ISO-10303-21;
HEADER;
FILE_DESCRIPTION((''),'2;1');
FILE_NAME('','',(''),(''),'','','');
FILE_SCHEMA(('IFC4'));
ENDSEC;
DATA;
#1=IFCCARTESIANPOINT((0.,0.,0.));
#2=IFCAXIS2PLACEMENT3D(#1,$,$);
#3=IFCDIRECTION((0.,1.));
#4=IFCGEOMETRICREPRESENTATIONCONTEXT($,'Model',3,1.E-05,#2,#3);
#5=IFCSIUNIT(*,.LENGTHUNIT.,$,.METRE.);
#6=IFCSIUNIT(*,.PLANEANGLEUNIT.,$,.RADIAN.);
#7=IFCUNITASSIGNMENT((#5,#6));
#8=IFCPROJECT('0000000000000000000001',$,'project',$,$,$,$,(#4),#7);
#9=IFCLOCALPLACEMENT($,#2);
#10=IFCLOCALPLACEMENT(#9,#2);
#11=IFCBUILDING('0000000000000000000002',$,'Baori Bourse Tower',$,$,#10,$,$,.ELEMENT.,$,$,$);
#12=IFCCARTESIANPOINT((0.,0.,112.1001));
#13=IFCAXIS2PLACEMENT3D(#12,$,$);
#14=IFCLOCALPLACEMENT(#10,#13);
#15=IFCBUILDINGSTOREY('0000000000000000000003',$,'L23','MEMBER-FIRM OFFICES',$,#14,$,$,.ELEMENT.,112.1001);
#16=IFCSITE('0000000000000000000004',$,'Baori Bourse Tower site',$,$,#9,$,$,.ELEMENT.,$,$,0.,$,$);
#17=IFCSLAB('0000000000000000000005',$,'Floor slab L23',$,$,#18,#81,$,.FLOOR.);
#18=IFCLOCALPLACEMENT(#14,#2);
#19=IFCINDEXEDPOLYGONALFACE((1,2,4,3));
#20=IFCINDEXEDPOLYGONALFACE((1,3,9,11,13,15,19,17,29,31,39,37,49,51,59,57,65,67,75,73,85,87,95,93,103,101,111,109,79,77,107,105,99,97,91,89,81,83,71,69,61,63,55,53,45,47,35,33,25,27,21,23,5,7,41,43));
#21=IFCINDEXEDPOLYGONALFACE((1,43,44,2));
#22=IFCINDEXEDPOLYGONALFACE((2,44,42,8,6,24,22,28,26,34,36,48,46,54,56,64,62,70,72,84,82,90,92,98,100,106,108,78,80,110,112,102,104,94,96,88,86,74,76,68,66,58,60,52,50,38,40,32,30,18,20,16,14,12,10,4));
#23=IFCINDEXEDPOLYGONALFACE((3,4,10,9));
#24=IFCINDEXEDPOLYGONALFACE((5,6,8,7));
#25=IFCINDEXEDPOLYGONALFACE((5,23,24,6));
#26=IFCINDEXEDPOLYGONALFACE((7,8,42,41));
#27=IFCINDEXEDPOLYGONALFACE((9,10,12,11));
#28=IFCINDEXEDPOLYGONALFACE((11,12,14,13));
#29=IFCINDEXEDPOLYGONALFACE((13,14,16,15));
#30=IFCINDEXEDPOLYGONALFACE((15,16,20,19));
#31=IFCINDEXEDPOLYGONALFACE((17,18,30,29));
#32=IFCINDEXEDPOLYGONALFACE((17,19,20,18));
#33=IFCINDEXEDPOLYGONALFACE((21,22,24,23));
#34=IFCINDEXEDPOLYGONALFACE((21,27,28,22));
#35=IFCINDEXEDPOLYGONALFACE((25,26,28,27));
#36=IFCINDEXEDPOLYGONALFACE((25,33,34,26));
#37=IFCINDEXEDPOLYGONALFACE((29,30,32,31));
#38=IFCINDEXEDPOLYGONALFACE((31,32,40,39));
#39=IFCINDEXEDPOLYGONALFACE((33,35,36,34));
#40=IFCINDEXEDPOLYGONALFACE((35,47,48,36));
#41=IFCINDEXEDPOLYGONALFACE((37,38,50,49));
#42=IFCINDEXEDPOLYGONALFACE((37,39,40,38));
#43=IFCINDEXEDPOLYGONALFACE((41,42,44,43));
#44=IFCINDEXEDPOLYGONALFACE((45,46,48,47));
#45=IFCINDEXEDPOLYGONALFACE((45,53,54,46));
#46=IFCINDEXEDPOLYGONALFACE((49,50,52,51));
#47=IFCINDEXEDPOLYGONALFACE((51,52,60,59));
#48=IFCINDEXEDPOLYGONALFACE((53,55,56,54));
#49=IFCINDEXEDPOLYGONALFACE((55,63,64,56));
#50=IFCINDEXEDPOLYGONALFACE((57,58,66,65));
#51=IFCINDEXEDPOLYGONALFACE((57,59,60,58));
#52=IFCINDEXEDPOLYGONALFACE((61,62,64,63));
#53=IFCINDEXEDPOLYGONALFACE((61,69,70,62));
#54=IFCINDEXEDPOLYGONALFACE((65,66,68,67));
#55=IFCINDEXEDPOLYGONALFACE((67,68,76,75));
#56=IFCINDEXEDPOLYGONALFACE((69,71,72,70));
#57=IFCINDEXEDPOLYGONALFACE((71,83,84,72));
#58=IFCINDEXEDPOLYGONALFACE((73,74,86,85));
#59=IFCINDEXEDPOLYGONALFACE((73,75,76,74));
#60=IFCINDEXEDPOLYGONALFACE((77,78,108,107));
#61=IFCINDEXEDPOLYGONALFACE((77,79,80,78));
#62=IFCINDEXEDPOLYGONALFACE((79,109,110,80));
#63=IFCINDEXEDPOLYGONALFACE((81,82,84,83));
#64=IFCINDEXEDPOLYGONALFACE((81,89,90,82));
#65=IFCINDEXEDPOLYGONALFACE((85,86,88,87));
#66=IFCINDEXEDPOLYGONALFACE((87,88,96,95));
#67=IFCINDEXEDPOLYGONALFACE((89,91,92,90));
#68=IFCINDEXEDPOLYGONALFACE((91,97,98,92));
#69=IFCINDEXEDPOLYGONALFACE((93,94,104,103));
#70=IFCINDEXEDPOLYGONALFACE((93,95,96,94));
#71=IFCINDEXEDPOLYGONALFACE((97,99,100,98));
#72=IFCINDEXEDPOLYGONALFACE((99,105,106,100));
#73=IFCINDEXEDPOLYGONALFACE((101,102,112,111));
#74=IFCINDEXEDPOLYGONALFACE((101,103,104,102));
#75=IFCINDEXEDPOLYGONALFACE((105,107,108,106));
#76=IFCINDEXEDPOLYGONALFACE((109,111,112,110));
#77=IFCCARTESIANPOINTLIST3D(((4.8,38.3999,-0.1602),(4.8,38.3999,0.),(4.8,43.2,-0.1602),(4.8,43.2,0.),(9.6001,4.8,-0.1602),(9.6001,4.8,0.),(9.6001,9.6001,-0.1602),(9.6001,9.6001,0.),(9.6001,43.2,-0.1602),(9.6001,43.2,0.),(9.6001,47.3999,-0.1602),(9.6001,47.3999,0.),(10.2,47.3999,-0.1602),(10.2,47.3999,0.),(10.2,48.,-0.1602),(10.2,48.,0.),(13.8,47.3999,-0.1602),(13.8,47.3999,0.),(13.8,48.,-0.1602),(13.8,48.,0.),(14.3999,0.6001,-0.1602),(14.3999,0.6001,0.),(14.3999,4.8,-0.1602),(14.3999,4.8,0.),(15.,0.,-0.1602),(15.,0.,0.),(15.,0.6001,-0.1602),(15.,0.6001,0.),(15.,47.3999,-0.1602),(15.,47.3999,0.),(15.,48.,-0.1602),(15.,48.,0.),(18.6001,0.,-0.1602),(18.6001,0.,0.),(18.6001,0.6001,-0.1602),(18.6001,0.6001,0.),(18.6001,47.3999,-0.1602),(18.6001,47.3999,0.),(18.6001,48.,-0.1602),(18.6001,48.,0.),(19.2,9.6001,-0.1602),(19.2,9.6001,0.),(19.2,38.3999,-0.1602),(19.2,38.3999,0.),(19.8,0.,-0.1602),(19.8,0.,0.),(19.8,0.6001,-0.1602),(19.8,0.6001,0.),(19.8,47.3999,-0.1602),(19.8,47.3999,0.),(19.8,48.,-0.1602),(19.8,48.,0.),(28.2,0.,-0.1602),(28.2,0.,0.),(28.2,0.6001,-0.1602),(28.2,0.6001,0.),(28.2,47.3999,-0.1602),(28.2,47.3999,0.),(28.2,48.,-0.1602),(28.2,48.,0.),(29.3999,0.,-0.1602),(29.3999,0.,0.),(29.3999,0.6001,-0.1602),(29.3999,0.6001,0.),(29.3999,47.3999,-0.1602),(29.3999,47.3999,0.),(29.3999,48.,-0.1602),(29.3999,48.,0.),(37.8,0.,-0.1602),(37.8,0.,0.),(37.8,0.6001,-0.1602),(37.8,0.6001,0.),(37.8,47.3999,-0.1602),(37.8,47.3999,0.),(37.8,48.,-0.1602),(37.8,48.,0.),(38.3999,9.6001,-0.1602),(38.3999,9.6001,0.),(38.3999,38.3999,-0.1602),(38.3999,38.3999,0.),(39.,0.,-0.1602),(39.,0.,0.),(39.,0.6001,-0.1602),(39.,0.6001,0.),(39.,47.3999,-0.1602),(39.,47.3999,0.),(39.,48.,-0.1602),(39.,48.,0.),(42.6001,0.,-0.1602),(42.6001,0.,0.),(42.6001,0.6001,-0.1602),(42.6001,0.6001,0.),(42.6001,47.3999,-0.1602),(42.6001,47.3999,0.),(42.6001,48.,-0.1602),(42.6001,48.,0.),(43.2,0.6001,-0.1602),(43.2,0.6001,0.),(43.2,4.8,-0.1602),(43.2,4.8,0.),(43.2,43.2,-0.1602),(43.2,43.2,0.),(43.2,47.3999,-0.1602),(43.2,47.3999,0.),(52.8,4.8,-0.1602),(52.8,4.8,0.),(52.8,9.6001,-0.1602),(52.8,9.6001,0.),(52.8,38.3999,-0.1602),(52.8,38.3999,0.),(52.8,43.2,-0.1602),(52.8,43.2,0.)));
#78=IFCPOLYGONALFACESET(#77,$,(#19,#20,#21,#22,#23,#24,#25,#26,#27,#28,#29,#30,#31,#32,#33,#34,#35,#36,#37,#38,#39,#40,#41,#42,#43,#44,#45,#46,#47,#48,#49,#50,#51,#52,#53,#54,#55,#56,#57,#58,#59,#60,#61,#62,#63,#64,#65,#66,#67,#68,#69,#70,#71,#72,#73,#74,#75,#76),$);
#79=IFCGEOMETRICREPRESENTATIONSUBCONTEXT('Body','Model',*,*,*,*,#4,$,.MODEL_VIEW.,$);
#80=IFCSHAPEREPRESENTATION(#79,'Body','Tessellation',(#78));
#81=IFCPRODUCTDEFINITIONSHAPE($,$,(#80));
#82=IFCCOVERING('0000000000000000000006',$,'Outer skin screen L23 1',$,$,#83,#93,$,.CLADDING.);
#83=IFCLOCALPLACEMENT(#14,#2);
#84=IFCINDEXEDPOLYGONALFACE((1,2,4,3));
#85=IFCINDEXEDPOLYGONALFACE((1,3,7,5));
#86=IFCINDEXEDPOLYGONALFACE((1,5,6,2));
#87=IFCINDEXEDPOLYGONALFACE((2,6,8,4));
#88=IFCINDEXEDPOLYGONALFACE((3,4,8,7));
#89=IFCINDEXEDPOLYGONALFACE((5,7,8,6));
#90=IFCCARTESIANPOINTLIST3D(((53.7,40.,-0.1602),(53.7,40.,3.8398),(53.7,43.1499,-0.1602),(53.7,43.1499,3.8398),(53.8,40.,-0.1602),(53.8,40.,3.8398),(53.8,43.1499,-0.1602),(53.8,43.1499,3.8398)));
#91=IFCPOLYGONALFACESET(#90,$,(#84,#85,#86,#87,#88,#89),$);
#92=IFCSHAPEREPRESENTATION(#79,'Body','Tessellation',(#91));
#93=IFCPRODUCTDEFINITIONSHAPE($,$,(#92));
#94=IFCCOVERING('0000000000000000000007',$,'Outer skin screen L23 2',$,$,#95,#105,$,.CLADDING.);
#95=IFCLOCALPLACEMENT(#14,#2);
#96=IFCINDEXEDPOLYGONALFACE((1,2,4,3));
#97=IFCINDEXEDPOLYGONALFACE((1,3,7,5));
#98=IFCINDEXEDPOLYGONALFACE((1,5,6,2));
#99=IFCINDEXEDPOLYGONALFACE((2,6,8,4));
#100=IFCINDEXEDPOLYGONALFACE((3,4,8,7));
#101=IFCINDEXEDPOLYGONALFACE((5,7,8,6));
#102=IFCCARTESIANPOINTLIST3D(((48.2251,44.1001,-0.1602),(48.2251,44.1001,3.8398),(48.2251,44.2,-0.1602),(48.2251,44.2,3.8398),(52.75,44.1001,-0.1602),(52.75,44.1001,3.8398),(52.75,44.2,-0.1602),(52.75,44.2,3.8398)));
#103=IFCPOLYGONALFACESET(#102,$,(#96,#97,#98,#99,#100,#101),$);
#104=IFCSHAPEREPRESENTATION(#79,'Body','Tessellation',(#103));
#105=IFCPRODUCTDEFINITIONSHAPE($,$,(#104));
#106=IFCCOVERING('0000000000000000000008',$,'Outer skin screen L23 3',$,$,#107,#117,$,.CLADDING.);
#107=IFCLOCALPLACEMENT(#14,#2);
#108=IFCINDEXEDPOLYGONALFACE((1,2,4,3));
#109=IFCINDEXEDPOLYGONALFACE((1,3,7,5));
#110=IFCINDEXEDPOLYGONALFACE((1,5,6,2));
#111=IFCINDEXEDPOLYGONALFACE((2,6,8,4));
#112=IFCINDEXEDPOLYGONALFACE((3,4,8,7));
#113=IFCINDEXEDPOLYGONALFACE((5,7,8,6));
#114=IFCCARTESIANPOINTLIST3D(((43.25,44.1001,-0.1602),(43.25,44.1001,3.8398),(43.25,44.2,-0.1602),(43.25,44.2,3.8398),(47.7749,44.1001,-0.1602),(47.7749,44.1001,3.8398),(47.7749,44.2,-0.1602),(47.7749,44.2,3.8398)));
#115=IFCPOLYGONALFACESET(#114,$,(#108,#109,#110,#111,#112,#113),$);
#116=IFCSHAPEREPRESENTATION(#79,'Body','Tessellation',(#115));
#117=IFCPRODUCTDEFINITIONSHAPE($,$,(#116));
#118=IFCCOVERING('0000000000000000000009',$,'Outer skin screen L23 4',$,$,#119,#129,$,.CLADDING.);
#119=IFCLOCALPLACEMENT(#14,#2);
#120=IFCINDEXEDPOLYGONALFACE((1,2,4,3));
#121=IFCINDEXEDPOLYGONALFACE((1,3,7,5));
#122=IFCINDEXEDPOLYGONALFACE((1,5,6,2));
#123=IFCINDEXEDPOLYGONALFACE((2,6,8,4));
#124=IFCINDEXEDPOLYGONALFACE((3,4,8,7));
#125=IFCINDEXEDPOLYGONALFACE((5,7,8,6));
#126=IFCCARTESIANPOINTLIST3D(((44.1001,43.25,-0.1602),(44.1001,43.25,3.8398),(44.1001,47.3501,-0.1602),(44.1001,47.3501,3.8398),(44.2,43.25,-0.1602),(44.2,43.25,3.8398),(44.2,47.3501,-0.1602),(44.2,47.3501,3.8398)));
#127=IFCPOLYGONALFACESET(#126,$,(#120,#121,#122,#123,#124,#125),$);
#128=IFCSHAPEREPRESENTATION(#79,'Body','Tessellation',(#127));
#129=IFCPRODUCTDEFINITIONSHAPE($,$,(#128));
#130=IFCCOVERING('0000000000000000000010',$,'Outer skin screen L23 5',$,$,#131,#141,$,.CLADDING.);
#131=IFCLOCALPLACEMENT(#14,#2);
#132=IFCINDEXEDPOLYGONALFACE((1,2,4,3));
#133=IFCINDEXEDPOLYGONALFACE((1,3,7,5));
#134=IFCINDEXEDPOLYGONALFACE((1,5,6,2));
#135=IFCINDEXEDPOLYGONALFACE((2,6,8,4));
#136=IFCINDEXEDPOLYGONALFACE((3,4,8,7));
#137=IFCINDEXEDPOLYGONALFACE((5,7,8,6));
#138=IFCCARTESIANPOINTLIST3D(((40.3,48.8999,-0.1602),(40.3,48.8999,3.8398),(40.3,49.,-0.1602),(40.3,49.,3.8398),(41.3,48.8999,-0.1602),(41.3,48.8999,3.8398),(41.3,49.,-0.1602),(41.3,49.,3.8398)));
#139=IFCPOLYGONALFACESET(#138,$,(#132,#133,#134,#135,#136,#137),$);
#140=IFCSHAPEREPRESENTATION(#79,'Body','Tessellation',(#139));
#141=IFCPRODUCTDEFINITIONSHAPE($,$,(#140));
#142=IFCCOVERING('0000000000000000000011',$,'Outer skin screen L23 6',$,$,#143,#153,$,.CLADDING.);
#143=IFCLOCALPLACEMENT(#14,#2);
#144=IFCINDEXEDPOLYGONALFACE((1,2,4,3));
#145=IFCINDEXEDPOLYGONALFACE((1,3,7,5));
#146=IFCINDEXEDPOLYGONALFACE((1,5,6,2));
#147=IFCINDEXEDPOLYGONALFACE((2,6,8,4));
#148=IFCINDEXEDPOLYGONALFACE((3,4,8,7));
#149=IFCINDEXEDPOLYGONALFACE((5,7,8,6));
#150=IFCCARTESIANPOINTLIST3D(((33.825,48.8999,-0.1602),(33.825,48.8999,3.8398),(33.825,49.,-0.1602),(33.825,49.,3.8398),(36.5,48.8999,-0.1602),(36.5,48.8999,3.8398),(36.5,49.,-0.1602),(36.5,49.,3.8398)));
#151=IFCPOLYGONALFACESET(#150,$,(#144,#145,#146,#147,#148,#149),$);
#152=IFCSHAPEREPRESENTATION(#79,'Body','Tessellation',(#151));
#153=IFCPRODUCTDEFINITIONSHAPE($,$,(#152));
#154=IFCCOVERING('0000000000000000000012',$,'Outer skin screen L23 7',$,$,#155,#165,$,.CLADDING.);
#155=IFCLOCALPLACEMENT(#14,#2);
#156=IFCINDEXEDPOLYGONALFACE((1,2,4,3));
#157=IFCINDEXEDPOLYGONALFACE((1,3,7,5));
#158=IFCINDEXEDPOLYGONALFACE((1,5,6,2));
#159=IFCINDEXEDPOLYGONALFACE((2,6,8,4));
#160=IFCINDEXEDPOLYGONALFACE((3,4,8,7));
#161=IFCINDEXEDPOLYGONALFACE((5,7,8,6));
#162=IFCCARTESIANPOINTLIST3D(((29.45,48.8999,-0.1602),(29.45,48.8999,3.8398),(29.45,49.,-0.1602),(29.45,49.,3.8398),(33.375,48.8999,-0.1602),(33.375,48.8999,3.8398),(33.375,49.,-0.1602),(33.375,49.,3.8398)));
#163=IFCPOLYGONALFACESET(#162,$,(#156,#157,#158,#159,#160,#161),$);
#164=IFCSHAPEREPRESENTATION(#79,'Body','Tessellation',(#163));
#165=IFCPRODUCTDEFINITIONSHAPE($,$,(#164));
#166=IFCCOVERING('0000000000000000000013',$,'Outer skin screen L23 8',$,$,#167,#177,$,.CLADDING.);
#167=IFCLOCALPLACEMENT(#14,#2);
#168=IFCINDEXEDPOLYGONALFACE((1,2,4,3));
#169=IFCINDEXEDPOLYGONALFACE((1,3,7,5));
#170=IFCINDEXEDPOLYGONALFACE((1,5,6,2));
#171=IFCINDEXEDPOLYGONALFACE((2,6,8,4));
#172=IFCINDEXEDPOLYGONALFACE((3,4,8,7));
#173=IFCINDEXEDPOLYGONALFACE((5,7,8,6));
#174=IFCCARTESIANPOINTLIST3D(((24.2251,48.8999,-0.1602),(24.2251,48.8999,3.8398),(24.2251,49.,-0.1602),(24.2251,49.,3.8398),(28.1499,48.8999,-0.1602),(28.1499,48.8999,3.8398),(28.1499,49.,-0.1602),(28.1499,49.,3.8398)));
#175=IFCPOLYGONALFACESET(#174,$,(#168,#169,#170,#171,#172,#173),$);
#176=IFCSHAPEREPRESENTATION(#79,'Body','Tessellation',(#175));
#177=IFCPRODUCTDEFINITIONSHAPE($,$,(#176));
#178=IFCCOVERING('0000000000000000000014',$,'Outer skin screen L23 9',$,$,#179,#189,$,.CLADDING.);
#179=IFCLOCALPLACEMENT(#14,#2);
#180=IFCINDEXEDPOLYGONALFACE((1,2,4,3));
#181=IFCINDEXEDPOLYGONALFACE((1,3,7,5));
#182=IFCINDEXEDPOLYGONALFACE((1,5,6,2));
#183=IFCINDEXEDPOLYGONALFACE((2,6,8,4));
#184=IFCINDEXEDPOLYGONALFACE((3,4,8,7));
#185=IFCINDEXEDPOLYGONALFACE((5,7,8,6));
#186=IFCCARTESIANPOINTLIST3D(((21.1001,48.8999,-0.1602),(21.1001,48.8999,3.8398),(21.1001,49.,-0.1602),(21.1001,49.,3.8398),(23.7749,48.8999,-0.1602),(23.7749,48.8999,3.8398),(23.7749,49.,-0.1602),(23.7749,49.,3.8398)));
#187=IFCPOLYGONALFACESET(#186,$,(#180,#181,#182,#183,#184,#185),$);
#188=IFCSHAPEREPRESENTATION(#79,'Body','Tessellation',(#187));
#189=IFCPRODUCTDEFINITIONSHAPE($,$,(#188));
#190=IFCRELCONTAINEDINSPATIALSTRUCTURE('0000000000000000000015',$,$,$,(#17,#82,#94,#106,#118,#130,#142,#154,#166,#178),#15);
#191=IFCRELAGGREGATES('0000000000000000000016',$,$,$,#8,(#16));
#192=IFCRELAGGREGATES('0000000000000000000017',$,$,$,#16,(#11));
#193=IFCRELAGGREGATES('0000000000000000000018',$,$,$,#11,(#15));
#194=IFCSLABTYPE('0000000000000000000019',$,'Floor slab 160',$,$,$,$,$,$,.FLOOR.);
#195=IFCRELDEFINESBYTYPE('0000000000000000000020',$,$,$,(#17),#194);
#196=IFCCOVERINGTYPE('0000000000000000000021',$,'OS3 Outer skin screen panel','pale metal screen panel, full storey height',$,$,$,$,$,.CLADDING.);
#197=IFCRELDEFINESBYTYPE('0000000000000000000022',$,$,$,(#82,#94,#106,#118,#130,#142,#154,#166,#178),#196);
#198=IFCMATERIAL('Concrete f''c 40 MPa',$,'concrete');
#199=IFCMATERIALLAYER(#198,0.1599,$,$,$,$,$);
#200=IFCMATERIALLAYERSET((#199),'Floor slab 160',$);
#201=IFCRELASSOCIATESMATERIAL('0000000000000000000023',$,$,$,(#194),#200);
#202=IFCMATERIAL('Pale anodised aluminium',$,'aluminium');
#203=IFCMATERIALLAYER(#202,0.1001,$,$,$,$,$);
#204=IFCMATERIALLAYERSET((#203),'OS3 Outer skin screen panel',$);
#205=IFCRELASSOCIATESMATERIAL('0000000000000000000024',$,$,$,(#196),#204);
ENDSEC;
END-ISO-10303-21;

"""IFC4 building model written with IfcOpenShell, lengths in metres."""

from ifc_helpers import new_model, si_unit, direction, frame, origin, place, context, subcontext, project, spatial, polyline, outline, extrude, material, layer, layer_set, type_object, element, save


model = new_model("IFC4")

# Units and contexts
model_context = context("Model", 3, precision=1e-05, world=origin(), true_north=direction((0.0, 1.0)))
body_context = subcontext(model_context, "Body", "Model", "MODEL_VIEW")
ifc_project = project(units=[si_unit("LENGTHUNIT", "METRE"), si_unit("PLANEANGLEUNIT", "RADIAN")], contexts=[model_context])

# Site, building, storey
site_placement = place(None, origin())
site = spatial("IfcSite", under=ifc_project, at=site_placement, Name="Baori Bourse Tower site", CompositionType="ELEMENT", RefElevation=0.0)
building_placement = place(site_placement, origin())
building = spatial("IfcBuilding", under=site, at=building_placement, Name="Baori Bourse Tower", CompositionType="ELEMENT")
storey_placement = place(building_placement, frame((0.0, 0.0, 112.1001)))
storey = spatial("IfcBuildingStorey", under=building, at=storey_placement, Name="L23", Description="MEMBER-FIRM OFFICES", CompositionType="ELEMENT", Elevation=112.1001)

# Slab
ifc_material_1 = material(Name="Concrete f'c 40 MPa", Category="concrete")
ifc_layer_1 = layer(ifc_material_1, 0.1599)
ifc_layer_set_1 = layer_set([ifc_layer_1], Name="Floor slab 160")
slab_type_1 = type_object("IfcSlabType", Name="Floor slab 160", PredefinedType="FLOOR", material=ifc_layer_set_1)
slab_1_placement = place(storey_placement, frame((0.0, 0.0, -0.1602)))
element("IfcSlab", 1, at=slab_1_placement, inside=storey, type_object=slab_type_1, Name="Floor slab L23", PredefinedType="FLOOR", context=body_context, shape_type="SweptSolid", body=[
    extrude(outline(polyline([(14.3999, 4.8), (9.6001, 4.8), (9.6001, 9.6001), (19.2, 9.6001), (19.2, 38.3999), (4.8, 38.3999), (4.8, 43.2), (9.6001, 43.2), (9.6001, 47.3999), (10.2, 47.3999), (10.2, 48.0), (13.8, 48.0), (13.8, 47.3999), (15.0, 47.3999), (15.0, 48.0), (18.6001, 48.0), (18.6001, 47.3999), (19.8, 47.3999), (19.8, 48.0), (28.2, 48.0), (28.2, 47.3999), (29.3999, 47.3999), (29.3999, 48.0), (37.8, 48.0), (37.8, 47.3999), (39.0, 47.3999), (39.0, 48.0), (42.6001, 48.0), (42.6001, 47.3999), (43.2, 47.3999), (43.2, 43.2), (52.8, 43.2), (52.8, 38.3999), (38.3999, 38.3999), (38.3999, 9.6001), (52.8, 9.6001), (52.8, 4.8), (43.2, 4.8), (43.2, 0.6001), (42.6001, 0.6001), (42.6001, 0.0), (39.0, 0.0), (39.0, 0.6001), (37.8, 0.6001), (37.8, 0.0), (29.3999, 0.0), (29.3999, 0.6001), (28.2, 0.6001), (28.2, 0.0), (19.8, 0.0), (19.8, 0.6001), (18.6001, 0.6001), (18.6001, 0.0), (15.0, 0.0), (15.0, 0.6001), (14.3999, 0.6001), (14.3999, 4.8)])), origin(), (0.0, 0.0, 1.0), 0.1602),
])

# Coverings
ifc_material_2 = material(Name="Pale anodised aluminium", Category="aluminium")
ifc_layer_2 = layer(ifc_material_2, 0.1001)
ifc_layer_set_2 = layer_set([ifc_layer_2], Name="OS3 Outer skin screen panel")
covering_type = type_object("IfcCoveringType", Name="OS3 Outer skin screen panel", Description="pale metal screen panel, full storey height", PredefinedType="CLADDING", material=ifc_layer_set_2)
covering_1_placement = place(storey_placement, frame((0.0, 0.0, -0.1602)))
element("IfcCovering", 2, at=covering_1_placement, inside=storey, type_object=covering_type, Name="Outer skin screen L23 1", PredefinedType="CLADDING", context=body_context, shape_type="SweptSolid", body=[
    extrude(outline(polyline([(53.7, 43.1499), (53.7, 40.0), (53.8, 40.0), (53.8, 43.1499), (53.7, 43.1499)])), origin(), (0.0, 0.0, 1.0), 4.0),
])
covering_2_placement = place(storey_placement, frame((0.0, 0.0, -0.1602)))
element("IfcCovering", 3, at=covering_2_placement, inside=storey, type_object=covering_type, Name="Outer skin screen L23 2", PredefinedType="CLADDING", context=body_context, shape_type="SweptSolid", body=[
    extrude(outline(polyline([(48.2251, 44.1001), (52.75, 44.1001), (52.75, 44.2), (48.2251, 44.2), (48.2251, 44.1001)])), origin(), (0.0, 0.0, 1.0), 4.0),
])
covering_3_placement = place(storey_placement, frame((0.0, 0.0, -0.1602)))
element("IfcCovering", 4, at=covering_3_placement, inside=storey, type_object=covering_type, Name="Outer skin screen L23 3", PredefinedType="CLADDING", context=body_context, shape_type="SweptSolid", body=[
    extrude(outline(polyline([(43.25, 44.1001), (47.7749, 44.1001), (47.7749, 44.2), (43.25, 44.2), (43.25, 44.1001)])), origin(), (0.0, 0.0, 1.0), 4.0),
])
covering_4_placement = place(storey_placement, frame((0.0, 0.0, -0.1602)))
element("IfcCovering", 5, at=covering_4_placement, inside=storey, type_object=covering_type, Name="Outer skin screen L23 4", PredefinedType="CLADDING", context=body_context, shape_type="SweptSolid", body=[
    extrude(outline(polyline([(44.1001, 47.3501), (44.1001, 43.25), (44.2, 43.25), (44.2, 47.3501), (44.1001, 47.3501)])), origin(), (0.0, 0.0, 1.0), 4.0),
])
covering_5_placement = place(storey_placement, frame((0.0, 0.0, -0.1602)))
element("IfcCovering", 6, at=covering_5_placement, inside=storey, type_object=covering_type, Name="Outer skin screen L23 5", PredefinedType="CLADDING", context=body_context, shape_type="SweptSolid", body=[
    extrude(outline(polyline([(40.3, 48.8999), (41.3, 48.8999), (41.3, 49.0), (40.3, 49.0), (40.3, 48.8999)])), origin(), (0.0, 0.0, 1.0), 4.0),
])
covering_6_placement = place(storey_placement, frame((0.0, 0.0, -0.1602)))
element("IfcCovering", 7, at=covering_6_placement, inside=storey, type_object=covering_type, Name="Outer skin screen L23 6", PredefinedType="CLADDING", context=body_context, shape_type="SweptSolid", body=[
    extrude(outline(polyline([(33.825, 48.8999), (36.5, 48.8999), (36.5, 49.0), (33.825, 49.0), (33.825, 48.8999)])), origin(), (0.0, 0.0, 1.0), 4.0),
])
covering_7_placement = place(storey_placement, frame((0.0, 0.0, -0.1602)))
element("IfcCovering", 8, at=covering_7_placement, inside=storey, type_object=covering_type, Name="Outer skin screen L23 7", PredefinedType="CLADDING", context=body_context, shape_type="SweptSolid", body=[
    extrude(outline(polyline([(29.45, 48.8999), (33.375, 48.8999), (33.375, 49.0), (29.45, 49.0), (29.45, 48.8999)])), origin(), (0.0, 0.0, 1.0), 4.0),
])
covering_8_placement = place(storey_placement, frame((0.0, 0.0, -0.1602)))
element("IfcCovering", 9, at=covering_8_placement, inside=storey, type_object=covering_type, Name="Outer skin screen L23 8", PredefinedType="CLADDING", context=body_context, shape_type="SweptSolid", body=[
    extrude(outline(polyline([(24.2251, 48.8999), (28.1499, 48.8999), (28.1499, 49.0), (24.2251, 49.0), (24.2251, 48.8999)])), origin(), (0.0, 0.0, 1.0), 4.0),
])
covering_9_placement = place(storey_placement, frame((0.0, 0.0, -0.1602)))
element("IfcCovering", 10, at=covering_9_placement, inside=storey, type_object=covering_type, Name="Outer skin screen L23 9", PredefinedType="CLADDING", context=body_context, shape_type="SweptSolid", body=[
    extrude(outline(polyline([(21.1001, 48.8999), (23.7749, 48.8999), (23.7749, 49.0), (21.1001, 49.0), (21.1001, 48.8999)])), origin(), (0.0, 0.0, 1.0), 4.0),
])

save(model, "model.ifc")
